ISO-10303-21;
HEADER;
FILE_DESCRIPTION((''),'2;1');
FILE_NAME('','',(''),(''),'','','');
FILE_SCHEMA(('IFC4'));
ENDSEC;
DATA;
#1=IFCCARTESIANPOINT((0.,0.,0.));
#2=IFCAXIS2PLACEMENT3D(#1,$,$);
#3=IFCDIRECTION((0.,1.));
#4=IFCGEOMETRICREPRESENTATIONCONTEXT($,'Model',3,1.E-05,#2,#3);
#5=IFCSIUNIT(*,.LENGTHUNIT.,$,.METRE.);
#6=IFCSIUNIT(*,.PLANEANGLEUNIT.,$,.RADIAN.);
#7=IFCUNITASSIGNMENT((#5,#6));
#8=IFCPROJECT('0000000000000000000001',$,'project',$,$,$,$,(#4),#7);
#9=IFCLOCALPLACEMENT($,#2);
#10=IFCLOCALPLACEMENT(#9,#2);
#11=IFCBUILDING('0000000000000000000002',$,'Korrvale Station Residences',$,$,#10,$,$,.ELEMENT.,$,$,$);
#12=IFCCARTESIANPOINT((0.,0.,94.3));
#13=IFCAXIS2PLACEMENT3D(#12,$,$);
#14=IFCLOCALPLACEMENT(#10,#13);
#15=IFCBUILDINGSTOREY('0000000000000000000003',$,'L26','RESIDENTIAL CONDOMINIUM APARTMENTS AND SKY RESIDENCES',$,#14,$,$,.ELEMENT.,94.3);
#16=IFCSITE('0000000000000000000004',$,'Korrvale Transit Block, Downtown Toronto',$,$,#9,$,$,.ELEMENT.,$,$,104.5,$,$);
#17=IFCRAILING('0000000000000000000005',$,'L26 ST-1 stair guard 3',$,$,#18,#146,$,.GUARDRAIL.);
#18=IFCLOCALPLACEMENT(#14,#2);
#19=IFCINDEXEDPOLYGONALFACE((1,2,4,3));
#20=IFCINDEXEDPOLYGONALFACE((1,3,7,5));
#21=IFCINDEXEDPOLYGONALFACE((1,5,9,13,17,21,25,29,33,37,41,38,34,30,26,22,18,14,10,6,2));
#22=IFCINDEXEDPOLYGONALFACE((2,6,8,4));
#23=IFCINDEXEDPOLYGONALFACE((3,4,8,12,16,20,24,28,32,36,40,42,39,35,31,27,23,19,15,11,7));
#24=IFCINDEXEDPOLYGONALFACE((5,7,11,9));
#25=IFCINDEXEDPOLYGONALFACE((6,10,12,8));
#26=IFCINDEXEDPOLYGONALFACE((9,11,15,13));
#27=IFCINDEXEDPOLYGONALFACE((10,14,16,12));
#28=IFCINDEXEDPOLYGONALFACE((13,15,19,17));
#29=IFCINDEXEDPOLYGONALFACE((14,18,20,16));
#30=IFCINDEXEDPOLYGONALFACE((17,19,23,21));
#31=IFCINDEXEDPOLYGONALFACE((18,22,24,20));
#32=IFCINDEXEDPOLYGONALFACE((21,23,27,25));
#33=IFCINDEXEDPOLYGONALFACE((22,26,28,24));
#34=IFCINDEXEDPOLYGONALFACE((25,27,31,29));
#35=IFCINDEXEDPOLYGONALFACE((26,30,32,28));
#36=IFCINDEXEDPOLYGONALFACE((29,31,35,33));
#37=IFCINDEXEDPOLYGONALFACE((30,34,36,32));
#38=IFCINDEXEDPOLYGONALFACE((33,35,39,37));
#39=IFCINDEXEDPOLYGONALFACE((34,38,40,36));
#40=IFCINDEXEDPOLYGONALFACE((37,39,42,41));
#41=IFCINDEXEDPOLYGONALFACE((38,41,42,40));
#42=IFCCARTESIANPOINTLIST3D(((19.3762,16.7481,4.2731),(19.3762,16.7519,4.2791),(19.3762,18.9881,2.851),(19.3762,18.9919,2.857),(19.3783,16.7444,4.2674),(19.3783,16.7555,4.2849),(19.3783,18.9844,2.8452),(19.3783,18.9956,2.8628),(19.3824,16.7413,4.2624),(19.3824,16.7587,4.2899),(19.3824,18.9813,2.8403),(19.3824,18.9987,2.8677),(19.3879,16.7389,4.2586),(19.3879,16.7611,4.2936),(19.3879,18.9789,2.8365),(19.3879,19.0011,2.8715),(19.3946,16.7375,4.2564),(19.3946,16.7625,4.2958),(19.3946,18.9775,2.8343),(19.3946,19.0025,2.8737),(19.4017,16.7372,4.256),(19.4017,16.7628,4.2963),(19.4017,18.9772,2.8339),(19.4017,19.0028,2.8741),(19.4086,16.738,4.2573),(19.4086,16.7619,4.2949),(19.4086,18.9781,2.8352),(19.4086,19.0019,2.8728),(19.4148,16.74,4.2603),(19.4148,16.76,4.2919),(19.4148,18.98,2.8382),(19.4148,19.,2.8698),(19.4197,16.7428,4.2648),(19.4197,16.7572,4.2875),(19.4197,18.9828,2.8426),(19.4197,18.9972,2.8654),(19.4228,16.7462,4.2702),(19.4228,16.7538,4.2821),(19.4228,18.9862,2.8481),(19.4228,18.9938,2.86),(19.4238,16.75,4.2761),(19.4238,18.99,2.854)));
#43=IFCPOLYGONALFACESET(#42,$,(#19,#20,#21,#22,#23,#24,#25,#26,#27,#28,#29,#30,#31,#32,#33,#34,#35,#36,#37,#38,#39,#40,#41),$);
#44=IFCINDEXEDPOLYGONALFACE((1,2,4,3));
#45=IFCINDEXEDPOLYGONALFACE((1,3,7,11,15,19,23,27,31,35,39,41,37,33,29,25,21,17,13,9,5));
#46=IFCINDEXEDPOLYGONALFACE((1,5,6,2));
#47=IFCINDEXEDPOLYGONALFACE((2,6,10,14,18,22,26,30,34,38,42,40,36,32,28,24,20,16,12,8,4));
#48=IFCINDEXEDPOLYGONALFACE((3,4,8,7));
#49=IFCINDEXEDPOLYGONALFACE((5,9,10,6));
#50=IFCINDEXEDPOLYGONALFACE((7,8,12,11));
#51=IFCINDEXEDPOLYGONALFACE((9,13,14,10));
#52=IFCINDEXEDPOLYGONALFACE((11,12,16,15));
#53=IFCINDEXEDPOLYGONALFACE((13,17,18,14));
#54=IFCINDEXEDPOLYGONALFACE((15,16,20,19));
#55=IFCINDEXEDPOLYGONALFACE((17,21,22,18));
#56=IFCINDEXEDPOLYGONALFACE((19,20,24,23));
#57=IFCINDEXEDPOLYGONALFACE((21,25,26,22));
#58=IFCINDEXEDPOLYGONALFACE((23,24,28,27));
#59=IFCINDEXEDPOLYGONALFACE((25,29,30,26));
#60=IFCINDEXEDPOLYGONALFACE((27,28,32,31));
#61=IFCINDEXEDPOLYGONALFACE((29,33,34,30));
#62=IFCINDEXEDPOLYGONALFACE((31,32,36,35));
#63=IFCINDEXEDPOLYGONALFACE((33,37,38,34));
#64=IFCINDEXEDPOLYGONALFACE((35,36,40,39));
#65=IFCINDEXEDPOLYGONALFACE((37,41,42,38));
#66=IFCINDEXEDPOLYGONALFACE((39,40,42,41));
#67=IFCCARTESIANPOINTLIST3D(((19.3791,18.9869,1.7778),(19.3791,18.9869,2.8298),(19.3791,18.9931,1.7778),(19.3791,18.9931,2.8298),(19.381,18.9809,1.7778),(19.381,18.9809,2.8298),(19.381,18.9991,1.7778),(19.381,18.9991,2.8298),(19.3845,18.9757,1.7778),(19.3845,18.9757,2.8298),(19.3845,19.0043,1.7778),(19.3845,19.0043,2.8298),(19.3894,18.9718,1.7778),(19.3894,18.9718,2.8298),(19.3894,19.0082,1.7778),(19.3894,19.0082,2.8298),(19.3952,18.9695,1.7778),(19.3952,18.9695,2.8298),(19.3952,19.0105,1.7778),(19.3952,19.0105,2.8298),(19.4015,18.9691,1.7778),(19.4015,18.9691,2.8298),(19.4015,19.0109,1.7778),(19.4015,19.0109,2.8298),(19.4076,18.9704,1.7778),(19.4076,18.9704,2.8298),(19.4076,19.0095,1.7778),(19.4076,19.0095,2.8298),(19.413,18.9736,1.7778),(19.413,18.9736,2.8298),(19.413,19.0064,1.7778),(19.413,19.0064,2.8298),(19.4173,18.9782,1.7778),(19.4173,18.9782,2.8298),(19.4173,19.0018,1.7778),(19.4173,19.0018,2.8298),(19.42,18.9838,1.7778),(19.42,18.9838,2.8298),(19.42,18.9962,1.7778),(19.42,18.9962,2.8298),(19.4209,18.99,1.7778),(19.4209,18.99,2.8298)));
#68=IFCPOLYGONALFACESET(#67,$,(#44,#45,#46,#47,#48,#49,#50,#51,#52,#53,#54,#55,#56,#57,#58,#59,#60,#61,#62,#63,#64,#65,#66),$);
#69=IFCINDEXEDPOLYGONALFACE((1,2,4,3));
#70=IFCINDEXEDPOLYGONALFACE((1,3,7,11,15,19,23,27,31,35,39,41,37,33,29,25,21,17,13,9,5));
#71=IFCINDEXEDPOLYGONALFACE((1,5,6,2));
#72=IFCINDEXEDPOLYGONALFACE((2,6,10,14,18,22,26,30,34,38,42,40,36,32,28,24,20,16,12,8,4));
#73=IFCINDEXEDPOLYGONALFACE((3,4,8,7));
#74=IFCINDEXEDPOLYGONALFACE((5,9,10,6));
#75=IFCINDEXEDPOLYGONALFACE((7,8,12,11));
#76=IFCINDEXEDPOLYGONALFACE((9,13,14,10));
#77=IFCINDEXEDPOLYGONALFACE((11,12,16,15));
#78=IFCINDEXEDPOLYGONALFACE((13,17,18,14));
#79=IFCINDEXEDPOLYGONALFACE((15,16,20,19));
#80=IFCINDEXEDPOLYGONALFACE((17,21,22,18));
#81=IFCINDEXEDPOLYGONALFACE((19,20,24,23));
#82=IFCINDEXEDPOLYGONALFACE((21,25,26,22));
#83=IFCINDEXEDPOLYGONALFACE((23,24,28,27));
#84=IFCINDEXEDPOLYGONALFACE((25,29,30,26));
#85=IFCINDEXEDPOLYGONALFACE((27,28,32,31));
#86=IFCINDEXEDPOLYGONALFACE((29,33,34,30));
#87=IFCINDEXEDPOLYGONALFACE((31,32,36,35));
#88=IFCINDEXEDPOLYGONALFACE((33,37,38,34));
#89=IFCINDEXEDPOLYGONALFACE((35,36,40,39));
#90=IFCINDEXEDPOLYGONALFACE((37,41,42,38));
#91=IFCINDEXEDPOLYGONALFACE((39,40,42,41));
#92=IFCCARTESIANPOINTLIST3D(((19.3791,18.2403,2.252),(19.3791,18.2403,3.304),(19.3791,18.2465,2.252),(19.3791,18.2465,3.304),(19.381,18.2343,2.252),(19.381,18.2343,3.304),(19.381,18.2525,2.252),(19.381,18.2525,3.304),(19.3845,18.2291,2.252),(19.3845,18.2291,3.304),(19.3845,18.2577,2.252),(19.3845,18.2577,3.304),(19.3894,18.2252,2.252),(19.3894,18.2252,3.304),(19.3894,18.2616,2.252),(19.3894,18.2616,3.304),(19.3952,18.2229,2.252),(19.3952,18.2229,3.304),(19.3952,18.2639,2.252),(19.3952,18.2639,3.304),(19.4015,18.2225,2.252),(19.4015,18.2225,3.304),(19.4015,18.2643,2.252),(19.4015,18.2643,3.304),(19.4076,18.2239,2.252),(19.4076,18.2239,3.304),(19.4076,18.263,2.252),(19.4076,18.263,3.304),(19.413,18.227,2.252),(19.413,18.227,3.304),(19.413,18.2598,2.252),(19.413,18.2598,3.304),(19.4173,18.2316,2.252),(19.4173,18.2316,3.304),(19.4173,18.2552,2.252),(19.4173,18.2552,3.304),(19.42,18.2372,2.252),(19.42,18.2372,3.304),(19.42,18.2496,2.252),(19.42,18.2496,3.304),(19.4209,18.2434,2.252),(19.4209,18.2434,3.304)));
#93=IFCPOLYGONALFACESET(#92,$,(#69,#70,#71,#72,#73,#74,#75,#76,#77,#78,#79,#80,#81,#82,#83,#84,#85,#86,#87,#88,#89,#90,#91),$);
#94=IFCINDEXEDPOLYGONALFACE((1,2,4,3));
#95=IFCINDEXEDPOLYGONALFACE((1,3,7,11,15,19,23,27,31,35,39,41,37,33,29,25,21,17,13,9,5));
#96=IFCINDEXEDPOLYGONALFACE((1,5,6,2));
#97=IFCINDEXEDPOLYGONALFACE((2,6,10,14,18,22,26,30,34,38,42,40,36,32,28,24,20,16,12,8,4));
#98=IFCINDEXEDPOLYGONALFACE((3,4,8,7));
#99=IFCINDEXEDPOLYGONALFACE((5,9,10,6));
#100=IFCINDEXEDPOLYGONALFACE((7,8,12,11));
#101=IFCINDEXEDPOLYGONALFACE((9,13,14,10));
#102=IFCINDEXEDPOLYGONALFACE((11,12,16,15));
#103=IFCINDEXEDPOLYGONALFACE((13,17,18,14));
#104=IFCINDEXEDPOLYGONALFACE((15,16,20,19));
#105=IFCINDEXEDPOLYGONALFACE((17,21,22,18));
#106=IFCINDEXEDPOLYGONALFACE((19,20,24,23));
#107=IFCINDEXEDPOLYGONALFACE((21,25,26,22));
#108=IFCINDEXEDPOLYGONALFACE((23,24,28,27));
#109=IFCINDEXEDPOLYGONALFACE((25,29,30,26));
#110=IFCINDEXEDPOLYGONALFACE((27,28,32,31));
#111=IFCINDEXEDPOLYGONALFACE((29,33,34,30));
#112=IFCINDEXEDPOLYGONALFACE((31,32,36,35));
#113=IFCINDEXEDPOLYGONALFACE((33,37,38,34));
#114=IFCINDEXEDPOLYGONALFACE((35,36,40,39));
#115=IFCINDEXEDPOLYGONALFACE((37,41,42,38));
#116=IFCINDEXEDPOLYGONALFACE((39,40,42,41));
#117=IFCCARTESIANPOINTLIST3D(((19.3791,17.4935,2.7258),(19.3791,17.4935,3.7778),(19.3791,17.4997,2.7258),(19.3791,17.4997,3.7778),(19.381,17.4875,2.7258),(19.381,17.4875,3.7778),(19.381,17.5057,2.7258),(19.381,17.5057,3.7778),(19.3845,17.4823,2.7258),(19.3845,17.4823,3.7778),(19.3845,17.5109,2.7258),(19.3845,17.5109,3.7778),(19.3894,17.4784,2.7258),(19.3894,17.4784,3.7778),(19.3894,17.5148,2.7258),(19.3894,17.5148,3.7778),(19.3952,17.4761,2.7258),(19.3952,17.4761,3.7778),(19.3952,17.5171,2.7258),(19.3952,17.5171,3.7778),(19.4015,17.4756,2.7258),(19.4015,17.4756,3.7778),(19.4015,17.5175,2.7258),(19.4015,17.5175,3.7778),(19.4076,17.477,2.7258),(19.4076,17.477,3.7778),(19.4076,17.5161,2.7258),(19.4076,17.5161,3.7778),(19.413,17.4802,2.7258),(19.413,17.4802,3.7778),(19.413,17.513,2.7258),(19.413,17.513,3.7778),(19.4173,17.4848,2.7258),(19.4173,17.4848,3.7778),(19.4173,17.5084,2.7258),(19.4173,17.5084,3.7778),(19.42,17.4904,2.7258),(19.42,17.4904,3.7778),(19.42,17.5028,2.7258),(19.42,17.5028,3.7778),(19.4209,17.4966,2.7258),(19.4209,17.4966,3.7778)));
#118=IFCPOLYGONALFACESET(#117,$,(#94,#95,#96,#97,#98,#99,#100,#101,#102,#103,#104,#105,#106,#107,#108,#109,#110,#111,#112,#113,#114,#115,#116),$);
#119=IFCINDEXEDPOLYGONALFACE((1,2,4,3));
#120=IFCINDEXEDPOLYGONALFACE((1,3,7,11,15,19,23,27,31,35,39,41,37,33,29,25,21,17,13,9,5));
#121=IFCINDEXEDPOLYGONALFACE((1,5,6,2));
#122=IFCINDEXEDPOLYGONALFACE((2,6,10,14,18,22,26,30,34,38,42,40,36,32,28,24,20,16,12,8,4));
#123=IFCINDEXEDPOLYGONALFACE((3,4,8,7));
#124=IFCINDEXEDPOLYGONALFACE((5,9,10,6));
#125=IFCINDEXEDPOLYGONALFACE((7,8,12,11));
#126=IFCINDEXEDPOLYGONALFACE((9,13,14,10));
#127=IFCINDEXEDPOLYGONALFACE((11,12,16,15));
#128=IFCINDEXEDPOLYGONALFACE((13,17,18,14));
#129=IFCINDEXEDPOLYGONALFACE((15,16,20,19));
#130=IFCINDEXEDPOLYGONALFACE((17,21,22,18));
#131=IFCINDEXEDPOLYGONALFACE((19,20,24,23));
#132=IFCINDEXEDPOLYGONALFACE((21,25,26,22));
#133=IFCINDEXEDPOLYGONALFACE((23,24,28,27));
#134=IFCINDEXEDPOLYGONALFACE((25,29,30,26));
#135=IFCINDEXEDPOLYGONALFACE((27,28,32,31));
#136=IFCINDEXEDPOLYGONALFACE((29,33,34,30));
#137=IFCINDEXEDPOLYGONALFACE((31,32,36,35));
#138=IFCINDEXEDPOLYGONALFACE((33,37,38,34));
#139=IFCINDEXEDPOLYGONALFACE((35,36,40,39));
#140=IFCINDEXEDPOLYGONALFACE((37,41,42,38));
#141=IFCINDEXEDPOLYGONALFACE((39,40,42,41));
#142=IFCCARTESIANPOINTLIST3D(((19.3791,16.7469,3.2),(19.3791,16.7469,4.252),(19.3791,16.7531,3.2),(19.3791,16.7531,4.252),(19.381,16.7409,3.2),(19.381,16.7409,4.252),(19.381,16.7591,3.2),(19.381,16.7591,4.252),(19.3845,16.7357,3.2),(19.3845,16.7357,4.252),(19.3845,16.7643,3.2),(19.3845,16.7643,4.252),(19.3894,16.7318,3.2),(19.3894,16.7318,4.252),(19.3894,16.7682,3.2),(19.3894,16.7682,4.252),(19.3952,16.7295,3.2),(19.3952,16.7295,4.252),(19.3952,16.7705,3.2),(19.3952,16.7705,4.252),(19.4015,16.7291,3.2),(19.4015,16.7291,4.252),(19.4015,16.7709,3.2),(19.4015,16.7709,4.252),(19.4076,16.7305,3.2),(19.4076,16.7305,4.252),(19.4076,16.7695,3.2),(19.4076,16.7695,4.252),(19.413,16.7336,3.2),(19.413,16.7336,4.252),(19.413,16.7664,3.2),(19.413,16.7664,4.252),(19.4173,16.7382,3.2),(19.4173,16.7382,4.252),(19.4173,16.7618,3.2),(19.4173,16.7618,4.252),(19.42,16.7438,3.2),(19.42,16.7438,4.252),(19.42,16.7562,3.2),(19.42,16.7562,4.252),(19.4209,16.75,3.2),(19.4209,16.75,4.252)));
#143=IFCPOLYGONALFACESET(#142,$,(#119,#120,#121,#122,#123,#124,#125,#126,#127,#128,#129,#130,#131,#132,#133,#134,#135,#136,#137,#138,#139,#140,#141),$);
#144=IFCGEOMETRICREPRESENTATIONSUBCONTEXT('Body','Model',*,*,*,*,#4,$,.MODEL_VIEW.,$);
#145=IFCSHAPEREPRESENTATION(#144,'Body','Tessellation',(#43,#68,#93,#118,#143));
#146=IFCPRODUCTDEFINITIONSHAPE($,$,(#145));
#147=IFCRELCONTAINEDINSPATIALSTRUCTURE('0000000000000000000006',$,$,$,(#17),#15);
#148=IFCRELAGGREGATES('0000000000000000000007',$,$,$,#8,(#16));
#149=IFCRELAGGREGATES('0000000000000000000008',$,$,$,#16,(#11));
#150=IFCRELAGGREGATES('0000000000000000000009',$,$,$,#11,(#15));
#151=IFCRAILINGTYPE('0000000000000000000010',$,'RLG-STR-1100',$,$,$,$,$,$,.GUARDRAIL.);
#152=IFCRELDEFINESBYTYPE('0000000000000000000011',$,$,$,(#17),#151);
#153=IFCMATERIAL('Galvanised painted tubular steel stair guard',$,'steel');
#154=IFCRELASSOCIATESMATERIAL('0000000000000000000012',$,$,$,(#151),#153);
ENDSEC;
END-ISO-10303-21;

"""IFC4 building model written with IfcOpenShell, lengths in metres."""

from ifc_helpers import new_model, si_unit, direction, frame, origin, origin_2d, place, context, subcontext, project, spatial, circle, extrude, material, type_object, element, save


model = new_model("IFC4")

# Units and contexts
model_context = context("Model", 3, precision=1e-05, world=origin(), true_north=direction((0.0, 1.0)))
body_context = subcontext(model_context, "Body", "Model", "MODEL_VIEW")
ifc_project = project(units=[si_unit("LENGTHUNIT", "METRE"), si_unit("PLANEANGLEUNIT", "RADIAN")], contexts=[model_context])

# Site, building, storey
site_placement = place(None, origin())
site = spatial("IfcSite", under=ifc_project, at=site_placement, Name="Korrvale Transit Block, Downtown Toronto", CompositionType="ELEMENT", RefElevation=104.5)
building_placement = place(site_placement, origin())
building = spatial("IfcBuilding", under=site, at=building_placement, Name="Korrvale Station Residences", CompositionType="ELEMENT")
storey_placement = place(building_placement, frame((0.0, 0.0, 94.3)))
storey = spatial("IfcBuildingStorey", under=building, at=storey_placement, Name="L26", Description="RESIDENTIAL CONDOMINIUM APARTMENTS AND SKY RESIDENCES", CompositionType="ELEMENT", Elevation=94.3)

# Railing
ifc_material_1 = material(Name="Galvanised painted tubular steel stair guard", Category="steel")
railing_type_1 = type_object("IfcRailingType", Name="RLG-STR-1100", PredefinedType="GUARDRAIL", material=ifc_material_1)
railing_1_placement = place(storey_placement, frame((19.3999, 18.99, 1.7778)))
element("IfcRailing", 1, at=railing_1_placement, inside=storey, type_object=railing_type_1, Name="L26 ST-1 stair guard 3", PredefinedType="GUARDRAIL", context=body_context, shape_type="SweptSolid", body=[
    extrude(circle(Radius=0.0239, at=origin_2d()), frame((0.0, 0.0, 1.0762), z_axis=(0.0, -0.844229, 0.535982), x_axis=(1.0, 0.0, 0.0)), (0.0, 0.0, 1.0), 2.6533),
    extrude(circle(Radius=0.021, at=origin_2d()), origin(), (0.0, 0.0, 1.0), 1.052),
    extrude(circle(Radius=0.021, at=origin_2d()), frame((0.0, -0.7466, 0.4741)), (0.0, 0.0, 1.0), 1.052),
    extrude(circle(Radius=0.021, at=origin_2d()), frame((0.0, -1.4934, 0.948)), (0.0, 0.0, 1.0), 1.052),
    extrude(circle(Radius=0.021, at=origin_2d()), frame((0.0, -2.24, 1.4221)), (0.0, 0.0, 1.0), 1.052),
])

save(model, "model.ifc")
